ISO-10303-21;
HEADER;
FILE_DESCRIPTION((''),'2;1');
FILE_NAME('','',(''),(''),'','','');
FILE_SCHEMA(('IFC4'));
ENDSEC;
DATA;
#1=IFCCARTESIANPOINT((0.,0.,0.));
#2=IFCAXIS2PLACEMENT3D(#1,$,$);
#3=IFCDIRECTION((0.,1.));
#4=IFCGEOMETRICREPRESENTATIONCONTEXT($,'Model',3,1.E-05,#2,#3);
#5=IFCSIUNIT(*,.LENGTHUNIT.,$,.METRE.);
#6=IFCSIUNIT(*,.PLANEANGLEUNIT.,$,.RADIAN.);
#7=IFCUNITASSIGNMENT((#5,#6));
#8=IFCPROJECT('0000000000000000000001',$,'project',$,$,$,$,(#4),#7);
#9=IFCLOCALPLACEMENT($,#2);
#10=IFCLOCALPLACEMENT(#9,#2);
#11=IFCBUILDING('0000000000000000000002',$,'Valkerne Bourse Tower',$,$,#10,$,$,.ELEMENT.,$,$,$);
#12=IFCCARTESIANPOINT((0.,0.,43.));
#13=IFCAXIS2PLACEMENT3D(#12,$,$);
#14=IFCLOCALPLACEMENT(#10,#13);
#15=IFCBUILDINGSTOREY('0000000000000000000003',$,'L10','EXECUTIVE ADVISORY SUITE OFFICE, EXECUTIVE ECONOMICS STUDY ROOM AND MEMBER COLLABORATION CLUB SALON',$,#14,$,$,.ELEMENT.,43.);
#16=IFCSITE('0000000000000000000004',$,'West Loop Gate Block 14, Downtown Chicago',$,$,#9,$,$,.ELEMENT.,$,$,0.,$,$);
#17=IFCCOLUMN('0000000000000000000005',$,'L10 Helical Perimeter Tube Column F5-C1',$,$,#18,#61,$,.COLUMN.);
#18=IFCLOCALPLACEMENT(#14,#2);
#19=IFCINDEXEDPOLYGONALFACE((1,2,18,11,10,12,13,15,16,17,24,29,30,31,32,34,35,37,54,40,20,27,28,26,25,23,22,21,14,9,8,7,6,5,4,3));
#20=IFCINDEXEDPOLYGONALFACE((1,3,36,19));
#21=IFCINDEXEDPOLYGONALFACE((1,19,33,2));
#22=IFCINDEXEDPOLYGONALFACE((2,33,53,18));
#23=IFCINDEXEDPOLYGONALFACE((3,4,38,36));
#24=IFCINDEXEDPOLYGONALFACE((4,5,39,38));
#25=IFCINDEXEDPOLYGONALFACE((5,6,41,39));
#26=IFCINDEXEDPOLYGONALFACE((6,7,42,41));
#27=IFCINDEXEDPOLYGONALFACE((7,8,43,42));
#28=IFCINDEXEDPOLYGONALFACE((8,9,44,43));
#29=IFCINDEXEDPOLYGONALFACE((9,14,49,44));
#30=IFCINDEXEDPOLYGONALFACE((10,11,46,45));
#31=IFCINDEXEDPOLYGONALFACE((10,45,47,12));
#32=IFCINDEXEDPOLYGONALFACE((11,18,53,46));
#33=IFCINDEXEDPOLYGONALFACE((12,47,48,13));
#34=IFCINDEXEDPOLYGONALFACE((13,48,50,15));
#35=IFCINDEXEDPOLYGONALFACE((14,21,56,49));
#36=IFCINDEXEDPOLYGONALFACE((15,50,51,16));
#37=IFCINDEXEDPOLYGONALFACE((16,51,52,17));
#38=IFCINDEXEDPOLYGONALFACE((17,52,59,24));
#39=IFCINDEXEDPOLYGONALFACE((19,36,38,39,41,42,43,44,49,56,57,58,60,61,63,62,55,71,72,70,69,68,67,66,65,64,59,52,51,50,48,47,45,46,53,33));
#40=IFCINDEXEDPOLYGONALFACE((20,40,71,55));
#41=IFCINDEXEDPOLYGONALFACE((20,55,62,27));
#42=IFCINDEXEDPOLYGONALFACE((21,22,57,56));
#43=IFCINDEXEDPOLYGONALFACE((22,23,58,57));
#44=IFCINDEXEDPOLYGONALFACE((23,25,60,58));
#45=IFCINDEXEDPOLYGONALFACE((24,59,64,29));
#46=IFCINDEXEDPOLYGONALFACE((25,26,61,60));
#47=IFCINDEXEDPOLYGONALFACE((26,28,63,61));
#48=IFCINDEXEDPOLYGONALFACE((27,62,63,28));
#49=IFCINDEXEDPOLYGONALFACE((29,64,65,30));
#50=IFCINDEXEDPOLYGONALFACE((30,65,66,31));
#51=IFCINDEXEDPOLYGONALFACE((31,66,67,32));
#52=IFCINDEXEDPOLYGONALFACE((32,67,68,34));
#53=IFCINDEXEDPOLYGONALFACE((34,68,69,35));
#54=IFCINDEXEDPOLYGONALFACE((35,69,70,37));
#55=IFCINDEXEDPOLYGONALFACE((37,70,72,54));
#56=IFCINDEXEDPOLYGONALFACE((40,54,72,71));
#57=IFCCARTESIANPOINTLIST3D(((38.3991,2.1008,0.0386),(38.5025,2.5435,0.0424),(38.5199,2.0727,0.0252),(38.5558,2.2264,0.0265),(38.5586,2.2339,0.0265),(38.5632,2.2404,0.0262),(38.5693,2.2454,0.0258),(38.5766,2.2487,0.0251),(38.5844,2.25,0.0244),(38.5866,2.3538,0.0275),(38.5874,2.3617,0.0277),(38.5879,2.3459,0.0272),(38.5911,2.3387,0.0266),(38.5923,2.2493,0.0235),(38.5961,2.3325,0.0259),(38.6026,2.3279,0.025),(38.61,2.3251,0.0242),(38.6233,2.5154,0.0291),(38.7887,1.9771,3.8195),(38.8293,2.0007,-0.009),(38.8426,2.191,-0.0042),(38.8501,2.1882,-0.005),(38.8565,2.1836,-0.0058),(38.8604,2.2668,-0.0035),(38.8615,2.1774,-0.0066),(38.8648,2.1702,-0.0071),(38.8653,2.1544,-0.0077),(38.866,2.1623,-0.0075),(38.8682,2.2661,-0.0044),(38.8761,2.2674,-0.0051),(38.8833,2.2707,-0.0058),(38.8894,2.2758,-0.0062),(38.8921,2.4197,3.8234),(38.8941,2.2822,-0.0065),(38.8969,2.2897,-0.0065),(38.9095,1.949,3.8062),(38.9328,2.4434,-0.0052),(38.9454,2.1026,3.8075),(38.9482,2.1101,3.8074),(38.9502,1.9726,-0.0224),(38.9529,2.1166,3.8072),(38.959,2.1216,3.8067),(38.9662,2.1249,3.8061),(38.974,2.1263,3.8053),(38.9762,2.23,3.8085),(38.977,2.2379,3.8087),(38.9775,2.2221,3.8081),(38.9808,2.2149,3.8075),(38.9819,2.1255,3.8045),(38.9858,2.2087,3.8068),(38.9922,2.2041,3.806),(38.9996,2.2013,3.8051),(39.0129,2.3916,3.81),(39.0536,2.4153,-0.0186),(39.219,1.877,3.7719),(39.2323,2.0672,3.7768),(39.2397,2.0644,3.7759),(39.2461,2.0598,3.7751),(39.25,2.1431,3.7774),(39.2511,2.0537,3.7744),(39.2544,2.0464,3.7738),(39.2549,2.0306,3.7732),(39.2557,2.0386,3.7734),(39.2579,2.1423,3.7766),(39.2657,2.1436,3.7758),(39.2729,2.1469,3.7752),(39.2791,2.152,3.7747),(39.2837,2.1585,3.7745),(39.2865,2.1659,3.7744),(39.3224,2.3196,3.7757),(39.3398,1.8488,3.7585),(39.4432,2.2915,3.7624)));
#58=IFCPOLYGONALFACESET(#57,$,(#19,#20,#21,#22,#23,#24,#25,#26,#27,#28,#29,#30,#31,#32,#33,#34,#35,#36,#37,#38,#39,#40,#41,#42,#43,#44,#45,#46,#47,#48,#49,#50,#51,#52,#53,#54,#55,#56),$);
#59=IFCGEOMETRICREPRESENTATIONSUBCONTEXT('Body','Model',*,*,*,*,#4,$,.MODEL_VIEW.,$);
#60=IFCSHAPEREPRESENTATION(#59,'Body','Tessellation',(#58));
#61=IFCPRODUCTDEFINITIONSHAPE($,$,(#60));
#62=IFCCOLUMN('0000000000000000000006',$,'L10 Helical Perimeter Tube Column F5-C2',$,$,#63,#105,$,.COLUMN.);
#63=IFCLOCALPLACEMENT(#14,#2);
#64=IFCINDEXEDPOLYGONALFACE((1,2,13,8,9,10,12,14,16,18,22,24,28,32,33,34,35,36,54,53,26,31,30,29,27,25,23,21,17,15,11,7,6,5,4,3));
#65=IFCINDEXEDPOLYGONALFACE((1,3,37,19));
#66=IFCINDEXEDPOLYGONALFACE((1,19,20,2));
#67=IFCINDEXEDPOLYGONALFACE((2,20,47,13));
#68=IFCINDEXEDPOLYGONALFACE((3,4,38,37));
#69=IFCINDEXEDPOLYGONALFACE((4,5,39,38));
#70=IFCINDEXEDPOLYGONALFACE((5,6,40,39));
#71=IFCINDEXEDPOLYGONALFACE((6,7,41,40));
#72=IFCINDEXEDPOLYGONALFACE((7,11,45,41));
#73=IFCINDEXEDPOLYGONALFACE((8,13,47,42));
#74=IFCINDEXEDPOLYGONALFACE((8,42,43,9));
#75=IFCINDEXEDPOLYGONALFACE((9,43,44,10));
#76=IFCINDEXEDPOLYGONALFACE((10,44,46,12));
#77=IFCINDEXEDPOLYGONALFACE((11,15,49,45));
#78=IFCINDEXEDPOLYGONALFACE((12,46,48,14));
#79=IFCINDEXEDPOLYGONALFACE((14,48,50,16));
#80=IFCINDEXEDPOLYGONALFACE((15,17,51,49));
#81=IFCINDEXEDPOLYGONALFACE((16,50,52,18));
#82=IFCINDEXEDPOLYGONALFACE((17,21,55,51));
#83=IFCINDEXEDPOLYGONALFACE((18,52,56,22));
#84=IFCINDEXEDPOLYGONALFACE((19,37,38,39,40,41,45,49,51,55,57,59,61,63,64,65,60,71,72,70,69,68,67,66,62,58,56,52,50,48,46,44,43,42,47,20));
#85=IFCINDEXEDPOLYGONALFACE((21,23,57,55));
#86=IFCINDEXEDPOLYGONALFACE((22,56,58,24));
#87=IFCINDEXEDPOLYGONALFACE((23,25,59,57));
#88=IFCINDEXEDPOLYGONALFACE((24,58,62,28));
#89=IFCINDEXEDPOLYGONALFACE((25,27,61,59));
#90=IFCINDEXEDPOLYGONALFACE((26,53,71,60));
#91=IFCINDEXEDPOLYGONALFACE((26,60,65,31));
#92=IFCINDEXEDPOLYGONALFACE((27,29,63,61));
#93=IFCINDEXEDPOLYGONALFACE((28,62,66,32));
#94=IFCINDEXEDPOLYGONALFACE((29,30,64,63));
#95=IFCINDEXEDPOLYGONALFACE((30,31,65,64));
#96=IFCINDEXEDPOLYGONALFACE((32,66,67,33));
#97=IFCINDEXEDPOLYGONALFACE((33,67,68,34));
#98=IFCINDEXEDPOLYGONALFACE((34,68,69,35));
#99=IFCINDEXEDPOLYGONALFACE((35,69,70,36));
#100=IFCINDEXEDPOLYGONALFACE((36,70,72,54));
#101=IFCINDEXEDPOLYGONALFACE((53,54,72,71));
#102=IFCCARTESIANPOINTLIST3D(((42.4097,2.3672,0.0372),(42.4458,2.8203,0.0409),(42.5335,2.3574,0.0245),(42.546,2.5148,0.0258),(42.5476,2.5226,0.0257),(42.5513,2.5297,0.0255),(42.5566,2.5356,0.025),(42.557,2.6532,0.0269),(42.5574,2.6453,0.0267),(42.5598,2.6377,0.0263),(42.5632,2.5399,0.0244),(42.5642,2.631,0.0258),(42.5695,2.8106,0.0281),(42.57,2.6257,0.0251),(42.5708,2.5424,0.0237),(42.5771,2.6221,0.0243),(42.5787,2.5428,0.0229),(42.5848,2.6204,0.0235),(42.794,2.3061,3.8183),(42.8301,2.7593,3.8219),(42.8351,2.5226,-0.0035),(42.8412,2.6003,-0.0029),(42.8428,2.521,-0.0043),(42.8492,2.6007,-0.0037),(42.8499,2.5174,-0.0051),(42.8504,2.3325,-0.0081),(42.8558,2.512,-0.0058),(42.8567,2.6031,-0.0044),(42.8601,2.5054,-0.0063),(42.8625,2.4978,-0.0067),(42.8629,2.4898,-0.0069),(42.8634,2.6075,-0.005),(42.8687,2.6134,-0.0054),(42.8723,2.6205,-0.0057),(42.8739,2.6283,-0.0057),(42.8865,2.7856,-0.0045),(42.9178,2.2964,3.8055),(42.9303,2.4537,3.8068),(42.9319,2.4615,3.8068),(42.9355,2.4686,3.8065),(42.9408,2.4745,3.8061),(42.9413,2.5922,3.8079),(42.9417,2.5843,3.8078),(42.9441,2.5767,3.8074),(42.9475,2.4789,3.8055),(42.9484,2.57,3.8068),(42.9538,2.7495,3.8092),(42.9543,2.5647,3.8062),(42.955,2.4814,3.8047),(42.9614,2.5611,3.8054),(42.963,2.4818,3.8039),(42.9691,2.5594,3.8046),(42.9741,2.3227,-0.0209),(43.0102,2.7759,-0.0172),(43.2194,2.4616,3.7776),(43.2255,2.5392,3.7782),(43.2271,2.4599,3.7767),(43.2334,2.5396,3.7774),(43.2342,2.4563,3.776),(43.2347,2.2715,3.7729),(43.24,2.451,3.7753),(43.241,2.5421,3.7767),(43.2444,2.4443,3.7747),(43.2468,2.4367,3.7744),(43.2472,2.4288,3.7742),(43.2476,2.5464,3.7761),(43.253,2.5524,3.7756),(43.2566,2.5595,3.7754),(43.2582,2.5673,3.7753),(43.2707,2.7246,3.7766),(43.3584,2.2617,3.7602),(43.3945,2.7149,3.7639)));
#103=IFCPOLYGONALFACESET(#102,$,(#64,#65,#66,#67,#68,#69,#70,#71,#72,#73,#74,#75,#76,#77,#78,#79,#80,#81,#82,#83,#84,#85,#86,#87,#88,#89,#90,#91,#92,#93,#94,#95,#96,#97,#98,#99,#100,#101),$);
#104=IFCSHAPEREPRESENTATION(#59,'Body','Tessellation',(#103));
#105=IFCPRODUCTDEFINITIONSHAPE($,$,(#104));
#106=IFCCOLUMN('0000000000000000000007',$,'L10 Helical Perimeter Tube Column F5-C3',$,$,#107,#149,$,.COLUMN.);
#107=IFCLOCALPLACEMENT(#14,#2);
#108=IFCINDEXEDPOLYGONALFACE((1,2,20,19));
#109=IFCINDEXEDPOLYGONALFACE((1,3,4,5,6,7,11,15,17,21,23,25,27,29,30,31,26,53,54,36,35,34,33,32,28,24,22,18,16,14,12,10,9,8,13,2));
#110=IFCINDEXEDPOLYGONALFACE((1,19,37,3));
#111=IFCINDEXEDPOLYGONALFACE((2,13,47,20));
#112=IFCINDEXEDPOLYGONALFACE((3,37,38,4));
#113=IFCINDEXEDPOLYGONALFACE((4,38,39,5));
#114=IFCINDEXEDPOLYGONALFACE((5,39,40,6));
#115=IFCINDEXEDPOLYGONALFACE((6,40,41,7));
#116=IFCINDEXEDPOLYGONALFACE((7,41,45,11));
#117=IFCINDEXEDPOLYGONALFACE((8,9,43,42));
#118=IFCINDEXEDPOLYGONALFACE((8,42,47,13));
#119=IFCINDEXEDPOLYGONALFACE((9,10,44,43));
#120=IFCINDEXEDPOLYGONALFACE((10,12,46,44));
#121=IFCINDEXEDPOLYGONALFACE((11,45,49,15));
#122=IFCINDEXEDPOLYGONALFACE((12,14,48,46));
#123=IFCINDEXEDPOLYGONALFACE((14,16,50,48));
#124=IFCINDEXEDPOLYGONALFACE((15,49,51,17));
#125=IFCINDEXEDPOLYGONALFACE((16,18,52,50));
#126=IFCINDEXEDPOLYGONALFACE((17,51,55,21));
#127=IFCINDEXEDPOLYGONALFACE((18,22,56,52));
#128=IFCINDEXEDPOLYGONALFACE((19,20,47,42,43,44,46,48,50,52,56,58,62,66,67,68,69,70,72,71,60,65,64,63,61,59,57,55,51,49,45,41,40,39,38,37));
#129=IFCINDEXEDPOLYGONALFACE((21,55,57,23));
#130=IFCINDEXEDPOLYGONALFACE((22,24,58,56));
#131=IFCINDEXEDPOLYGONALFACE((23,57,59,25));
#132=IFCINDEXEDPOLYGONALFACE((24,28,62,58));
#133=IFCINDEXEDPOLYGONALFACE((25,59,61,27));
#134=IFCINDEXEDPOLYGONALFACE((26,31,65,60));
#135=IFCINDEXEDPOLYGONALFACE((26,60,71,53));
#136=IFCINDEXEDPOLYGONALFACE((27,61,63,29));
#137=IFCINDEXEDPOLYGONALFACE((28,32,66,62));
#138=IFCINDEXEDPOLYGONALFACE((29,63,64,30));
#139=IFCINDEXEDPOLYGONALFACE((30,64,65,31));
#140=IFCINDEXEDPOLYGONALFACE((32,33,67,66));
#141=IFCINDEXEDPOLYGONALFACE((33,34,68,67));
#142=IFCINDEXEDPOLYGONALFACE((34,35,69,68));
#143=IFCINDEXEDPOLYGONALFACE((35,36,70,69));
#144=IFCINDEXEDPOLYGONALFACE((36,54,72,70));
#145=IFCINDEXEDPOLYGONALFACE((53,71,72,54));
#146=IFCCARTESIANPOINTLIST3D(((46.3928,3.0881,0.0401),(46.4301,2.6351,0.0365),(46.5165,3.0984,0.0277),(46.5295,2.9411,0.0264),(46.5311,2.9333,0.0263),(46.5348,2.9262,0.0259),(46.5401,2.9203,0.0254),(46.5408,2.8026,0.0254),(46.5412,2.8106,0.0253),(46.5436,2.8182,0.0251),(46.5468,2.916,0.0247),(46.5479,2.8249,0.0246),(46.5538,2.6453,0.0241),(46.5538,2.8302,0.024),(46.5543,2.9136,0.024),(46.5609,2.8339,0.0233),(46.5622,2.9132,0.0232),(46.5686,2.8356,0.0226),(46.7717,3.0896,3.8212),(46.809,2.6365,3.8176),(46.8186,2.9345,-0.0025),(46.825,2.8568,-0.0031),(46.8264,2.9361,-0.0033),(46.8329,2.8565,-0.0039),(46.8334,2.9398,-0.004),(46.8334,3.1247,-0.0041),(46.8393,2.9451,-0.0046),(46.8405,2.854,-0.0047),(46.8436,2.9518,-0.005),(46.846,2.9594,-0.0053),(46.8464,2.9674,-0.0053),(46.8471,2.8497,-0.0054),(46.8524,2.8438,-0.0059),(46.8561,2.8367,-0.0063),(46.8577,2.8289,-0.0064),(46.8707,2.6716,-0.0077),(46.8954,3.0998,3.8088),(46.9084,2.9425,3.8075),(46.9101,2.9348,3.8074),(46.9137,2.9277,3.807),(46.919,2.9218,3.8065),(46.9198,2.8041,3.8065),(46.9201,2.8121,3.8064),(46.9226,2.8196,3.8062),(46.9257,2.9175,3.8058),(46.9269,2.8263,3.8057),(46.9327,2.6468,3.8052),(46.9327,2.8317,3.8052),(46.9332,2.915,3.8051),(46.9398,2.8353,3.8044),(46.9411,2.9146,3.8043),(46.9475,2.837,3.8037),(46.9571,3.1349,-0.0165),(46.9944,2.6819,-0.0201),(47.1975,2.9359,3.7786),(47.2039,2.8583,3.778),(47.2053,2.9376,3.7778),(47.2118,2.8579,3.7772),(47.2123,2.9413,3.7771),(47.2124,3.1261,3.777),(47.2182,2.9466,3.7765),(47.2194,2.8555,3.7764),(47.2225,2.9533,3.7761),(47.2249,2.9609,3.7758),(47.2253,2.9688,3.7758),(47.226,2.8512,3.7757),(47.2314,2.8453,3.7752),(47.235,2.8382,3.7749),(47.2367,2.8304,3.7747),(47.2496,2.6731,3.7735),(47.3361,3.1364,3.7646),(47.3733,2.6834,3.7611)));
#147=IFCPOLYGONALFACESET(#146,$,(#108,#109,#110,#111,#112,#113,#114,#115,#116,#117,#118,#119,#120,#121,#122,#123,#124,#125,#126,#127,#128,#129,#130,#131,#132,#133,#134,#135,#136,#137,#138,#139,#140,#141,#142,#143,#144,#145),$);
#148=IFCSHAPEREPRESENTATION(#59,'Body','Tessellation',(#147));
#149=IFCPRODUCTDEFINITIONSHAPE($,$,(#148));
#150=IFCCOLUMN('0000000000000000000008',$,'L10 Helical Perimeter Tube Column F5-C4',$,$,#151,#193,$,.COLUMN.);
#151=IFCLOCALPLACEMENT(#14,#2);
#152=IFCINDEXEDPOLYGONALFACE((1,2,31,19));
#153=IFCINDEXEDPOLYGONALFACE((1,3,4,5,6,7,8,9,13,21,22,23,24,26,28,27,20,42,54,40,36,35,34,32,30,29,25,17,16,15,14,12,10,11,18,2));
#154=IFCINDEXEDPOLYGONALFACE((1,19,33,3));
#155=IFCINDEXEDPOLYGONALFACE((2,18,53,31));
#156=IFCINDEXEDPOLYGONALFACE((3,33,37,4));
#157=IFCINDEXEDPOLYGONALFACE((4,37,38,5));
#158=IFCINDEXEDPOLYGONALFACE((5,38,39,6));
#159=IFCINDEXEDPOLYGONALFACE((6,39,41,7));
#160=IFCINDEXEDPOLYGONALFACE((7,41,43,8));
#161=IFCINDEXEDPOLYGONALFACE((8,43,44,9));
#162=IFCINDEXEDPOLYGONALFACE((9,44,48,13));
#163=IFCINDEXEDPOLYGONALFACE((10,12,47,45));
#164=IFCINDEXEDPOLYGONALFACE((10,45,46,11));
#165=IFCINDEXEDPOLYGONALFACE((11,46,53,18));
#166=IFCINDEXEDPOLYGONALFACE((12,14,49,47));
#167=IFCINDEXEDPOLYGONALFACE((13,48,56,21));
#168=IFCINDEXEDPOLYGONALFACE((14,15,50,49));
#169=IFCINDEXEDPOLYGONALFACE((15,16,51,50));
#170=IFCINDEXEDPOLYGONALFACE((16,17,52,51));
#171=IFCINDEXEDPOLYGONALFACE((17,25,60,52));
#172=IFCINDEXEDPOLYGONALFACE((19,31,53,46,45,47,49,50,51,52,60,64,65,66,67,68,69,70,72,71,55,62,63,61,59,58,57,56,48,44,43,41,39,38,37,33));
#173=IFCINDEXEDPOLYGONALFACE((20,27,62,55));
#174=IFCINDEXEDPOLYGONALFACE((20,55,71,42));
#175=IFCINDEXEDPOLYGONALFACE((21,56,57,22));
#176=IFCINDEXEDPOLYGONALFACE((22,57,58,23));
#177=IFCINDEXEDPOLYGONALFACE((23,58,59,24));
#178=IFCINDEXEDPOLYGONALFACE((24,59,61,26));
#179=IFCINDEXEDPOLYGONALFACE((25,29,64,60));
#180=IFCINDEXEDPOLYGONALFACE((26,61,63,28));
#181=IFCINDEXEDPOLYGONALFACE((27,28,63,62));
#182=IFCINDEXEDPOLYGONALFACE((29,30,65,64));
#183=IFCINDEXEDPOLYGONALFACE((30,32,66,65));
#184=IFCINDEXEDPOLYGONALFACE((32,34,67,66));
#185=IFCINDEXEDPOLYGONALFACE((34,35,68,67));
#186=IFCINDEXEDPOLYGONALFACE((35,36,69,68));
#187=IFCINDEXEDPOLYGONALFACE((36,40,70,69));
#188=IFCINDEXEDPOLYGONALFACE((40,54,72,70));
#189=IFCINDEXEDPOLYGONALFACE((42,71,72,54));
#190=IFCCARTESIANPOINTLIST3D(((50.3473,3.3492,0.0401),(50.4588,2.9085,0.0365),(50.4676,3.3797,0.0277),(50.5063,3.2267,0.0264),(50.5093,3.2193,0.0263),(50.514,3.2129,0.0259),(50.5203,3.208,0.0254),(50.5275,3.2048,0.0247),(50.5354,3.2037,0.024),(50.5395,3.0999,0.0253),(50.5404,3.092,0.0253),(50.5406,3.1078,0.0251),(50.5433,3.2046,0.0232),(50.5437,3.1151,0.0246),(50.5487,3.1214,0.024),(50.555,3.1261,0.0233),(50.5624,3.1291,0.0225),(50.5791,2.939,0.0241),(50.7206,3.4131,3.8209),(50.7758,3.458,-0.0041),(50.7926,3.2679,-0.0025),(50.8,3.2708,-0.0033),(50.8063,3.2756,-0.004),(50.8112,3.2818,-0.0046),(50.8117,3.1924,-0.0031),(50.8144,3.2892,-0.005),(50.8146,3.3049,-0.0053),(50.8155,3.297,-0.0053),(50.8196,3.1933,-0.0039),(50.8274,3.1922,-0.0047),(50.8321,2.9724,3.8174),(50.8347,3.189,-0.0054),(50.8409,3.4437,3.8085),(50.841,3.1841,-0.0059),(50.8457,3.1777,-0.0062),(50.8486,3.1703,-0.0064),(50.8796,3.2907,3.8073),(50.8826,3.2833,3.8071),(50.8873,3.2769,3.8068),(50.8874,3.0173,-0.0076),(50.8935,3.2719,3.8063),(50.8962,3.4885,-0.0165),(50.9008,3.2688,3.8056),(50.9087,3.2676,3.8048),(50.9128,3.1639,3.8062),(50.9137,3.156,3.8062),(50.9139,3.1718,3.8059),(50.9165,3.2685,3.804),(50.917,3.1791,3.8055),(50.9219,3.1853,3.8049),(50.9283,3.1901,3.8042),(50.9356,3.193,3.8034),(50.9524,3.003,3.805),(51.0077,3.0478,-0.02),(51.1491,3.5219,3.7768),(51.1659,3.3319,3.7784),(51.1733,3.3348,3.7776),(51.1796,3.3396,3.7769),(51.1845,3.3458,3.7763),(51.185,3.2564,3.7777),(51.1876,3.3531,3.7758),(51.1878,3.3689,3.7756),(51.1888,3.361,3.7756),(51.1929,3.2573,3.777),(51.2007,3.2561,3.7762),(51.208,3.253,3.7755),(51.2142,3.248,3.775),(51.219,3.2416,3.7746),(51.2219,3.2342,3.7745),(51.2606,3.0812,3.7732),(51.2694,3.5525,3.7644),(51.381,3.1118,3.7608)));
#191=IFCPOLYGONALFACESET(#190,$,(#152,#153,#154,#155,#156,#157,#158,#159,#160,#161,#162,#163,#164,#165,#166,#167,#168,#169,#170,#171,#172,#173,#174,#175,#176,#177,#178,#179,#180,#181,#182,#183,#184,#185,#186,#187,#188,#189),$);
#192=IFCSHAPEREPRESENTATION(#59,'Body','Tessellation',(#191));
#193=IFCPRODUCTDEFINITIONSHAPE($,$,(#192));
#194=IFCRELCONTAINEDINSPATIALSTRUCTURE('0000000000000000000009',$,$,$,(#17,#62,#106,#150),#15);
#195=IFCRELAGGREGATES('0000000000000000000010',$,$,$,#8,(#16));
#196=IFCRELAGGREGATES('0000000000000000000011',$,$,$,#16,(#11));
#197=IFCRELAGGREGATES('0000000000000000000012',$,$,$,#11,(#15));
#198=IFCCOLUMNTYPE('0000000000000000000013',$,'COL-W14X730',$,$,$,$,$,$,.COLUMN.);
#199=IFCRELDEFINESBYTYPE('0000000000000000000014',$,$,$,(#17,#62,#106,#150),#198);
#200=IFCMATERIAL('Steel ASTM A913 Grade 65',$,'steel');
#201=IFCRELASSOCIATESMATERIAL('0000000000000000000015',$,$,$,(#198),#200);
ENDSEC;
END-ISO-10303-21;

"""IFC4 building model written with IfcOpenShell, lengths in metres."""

from ifc_helpers import new_model, si_unit, direction, frame, origin, origin_2d, place, context, subcontext, project, spatial, i_section, extrude, material, material_profile, profile_set, type_object, element, save


model = new_model("IFC4")

# Units and contexts
model_context = context("Model", 3, precision=1e-05, world=origin(), true_north=direction((0.0, 1.0)))
body_context = subcontext(model_context, "Body", "Model", "MODEL_VIEW")
ifc_project = project(units=[si_unit("LENGTHUNIT", "METRE"), si_unit("PLANEANGLEUNIT", "RADIAN")], contexts=[model_context])

# Site, building, storey
site_placement = place(None, origin())
site = spatial("IfcSite", under=ifc_project, at=site_placement, Name="West Loop Gate Block 14, Downtown Chicago", CompositionType="ELEMENT", RefElevation=0.0)
building_placement = place(site_placement, origin())
building = spatial("IfcBuilding", under=site, at=building_placement, Name="Valkerne Bourse Tower", CompositionType="ELEMENT")
storey_placement = place(building_placement, frame((0.0, 0.0, 43.0)))
storey = spatial("IfcBuildingStorey", under=building, at=storey_placement, Name="L10", Description="EXECUTIVE ADVISORY SUITE OFFICE, EXECUTIVE ECONOMICS STUDY ROOM AND MEMBER COLLABORATION CLUB SALON", CompositionType="ELEMENT", Elevation=43.0)

# Columns
ifc_material_1 = material(Name="Steel ASTM A913 Grade 65", Category="steel")
ifc_material_profile_1 = material_profile(ifc_material_1, i_section(OverallWidth=0.4546, OverallDepth=0.5691, WebThickness=0.0779, FlangeThickness=0.1248, FilletRadius=0.0305, at=origin_2d()), Name="W14X730")
ifc_profile_set_1 = profile_set([ifc_material_profile_1], Name="Steel ASTM A913 Grade 65")
column_type = type_object("IfcColumnType", Name="COL-W14X730", PredefinedType="COLUMN", material=ifc_profile_set_1)
column_1_placement = place(storey_placement, frame((38.7263, 2.2581, 0.01), z_axis=(0.102457, -0.032547, 0.994205), x_axis=(0.227483, 0.973745, 0.008435)))
element("IfcColumn", 1, at=column_1_placement, inside=storey, type_object=column_type, Name="L10 Helical Perimeter Tube Column F5-C1", PredefinedType="COLUMN", context=body_context, shape_type="SweptSolid", body=[
    extrude(i_section(OverallWidth=0.4546, OverallDepth=0.5691, WebThickness=0.0779, FlangeThickness=0.1248, FilletRadius=0.0305, at=origin_2d()), origin(), (0.0, 0.0, 1.0), 3.803),
])
column_2_placement = place(storey_placement, frame((42.71, 2.5715, 0.01), z_axis=(0.1011, -0.016058, 0.994747), x_axis=(0.0793, 0.996818, 0.008032)))
element("IfcColumn", 2, at=column_2_placement, inside=storey, type_object=column_type, Name="L10 Helical Perimeter Tube Column F5-C2", PredefinedType="COLUMN", context=body_context, shape_type="SweptSolid", body=[
    extrude(i_section(OverallWidth=0.4546, OverallDepth=0.5691, WebThickness=0.0779, FlangeThickness=0.1248, FilletRadius=0.0305, at=origin_2d()), origin(), (0.0, 0.0, 1.0), 3.801),
])
column_3_placement = place(storey_placement, frame((46.6936, 2.885, 0.01), z_axis=(0.099714, 0.000385, 0.995016), x_axis=(-0.081922, 0.996608, 0.007823)))
element("IfcColumn", 3, at=column_3_placement, inside=storey, type_object=column_type, Name="L10 Helical Perimeter Tube Column F5-C3", PredefinedType="COLUMN", context=body_context, shape_type="SweptSolid", body=[
    extrude(i_section(OverallWidth=0.4546, OverallDepth=0.5691, WebThickness=0.0779, FlangeThickness=0.1248, FilletRadius=0.0305, at=origin_2d()), origin(), (0.0, 0.0, 1.0), 3.8),
])
column_4_placement = place(storey_placement, frame((50.6775, 3.1985, 0.01), z_axis=(0.098236, 0.016833, 0.995021), x_axis=(-0.245319, 0.969411, 0.00782)))
element("IfcColumn", 4, at=column_4_placement, inside=storey, type_object=column_type, Name="L10 Helical Perimeter Tube Column F5-C4", PredefinedType="COLUMN", context=body_context, shape_type="SweptSolid", body=[
    extrude(i_section(OverallWidth=0.4546, OverallDepth=0.5691, WebThickness=0.0779, FlangeThickness=0.1248, FilletRadius=0.0305, at=origin_2d()), origin(), (0.0, 0.0, 1.0), 3.7998),
])

save(model, "model.ifc")
